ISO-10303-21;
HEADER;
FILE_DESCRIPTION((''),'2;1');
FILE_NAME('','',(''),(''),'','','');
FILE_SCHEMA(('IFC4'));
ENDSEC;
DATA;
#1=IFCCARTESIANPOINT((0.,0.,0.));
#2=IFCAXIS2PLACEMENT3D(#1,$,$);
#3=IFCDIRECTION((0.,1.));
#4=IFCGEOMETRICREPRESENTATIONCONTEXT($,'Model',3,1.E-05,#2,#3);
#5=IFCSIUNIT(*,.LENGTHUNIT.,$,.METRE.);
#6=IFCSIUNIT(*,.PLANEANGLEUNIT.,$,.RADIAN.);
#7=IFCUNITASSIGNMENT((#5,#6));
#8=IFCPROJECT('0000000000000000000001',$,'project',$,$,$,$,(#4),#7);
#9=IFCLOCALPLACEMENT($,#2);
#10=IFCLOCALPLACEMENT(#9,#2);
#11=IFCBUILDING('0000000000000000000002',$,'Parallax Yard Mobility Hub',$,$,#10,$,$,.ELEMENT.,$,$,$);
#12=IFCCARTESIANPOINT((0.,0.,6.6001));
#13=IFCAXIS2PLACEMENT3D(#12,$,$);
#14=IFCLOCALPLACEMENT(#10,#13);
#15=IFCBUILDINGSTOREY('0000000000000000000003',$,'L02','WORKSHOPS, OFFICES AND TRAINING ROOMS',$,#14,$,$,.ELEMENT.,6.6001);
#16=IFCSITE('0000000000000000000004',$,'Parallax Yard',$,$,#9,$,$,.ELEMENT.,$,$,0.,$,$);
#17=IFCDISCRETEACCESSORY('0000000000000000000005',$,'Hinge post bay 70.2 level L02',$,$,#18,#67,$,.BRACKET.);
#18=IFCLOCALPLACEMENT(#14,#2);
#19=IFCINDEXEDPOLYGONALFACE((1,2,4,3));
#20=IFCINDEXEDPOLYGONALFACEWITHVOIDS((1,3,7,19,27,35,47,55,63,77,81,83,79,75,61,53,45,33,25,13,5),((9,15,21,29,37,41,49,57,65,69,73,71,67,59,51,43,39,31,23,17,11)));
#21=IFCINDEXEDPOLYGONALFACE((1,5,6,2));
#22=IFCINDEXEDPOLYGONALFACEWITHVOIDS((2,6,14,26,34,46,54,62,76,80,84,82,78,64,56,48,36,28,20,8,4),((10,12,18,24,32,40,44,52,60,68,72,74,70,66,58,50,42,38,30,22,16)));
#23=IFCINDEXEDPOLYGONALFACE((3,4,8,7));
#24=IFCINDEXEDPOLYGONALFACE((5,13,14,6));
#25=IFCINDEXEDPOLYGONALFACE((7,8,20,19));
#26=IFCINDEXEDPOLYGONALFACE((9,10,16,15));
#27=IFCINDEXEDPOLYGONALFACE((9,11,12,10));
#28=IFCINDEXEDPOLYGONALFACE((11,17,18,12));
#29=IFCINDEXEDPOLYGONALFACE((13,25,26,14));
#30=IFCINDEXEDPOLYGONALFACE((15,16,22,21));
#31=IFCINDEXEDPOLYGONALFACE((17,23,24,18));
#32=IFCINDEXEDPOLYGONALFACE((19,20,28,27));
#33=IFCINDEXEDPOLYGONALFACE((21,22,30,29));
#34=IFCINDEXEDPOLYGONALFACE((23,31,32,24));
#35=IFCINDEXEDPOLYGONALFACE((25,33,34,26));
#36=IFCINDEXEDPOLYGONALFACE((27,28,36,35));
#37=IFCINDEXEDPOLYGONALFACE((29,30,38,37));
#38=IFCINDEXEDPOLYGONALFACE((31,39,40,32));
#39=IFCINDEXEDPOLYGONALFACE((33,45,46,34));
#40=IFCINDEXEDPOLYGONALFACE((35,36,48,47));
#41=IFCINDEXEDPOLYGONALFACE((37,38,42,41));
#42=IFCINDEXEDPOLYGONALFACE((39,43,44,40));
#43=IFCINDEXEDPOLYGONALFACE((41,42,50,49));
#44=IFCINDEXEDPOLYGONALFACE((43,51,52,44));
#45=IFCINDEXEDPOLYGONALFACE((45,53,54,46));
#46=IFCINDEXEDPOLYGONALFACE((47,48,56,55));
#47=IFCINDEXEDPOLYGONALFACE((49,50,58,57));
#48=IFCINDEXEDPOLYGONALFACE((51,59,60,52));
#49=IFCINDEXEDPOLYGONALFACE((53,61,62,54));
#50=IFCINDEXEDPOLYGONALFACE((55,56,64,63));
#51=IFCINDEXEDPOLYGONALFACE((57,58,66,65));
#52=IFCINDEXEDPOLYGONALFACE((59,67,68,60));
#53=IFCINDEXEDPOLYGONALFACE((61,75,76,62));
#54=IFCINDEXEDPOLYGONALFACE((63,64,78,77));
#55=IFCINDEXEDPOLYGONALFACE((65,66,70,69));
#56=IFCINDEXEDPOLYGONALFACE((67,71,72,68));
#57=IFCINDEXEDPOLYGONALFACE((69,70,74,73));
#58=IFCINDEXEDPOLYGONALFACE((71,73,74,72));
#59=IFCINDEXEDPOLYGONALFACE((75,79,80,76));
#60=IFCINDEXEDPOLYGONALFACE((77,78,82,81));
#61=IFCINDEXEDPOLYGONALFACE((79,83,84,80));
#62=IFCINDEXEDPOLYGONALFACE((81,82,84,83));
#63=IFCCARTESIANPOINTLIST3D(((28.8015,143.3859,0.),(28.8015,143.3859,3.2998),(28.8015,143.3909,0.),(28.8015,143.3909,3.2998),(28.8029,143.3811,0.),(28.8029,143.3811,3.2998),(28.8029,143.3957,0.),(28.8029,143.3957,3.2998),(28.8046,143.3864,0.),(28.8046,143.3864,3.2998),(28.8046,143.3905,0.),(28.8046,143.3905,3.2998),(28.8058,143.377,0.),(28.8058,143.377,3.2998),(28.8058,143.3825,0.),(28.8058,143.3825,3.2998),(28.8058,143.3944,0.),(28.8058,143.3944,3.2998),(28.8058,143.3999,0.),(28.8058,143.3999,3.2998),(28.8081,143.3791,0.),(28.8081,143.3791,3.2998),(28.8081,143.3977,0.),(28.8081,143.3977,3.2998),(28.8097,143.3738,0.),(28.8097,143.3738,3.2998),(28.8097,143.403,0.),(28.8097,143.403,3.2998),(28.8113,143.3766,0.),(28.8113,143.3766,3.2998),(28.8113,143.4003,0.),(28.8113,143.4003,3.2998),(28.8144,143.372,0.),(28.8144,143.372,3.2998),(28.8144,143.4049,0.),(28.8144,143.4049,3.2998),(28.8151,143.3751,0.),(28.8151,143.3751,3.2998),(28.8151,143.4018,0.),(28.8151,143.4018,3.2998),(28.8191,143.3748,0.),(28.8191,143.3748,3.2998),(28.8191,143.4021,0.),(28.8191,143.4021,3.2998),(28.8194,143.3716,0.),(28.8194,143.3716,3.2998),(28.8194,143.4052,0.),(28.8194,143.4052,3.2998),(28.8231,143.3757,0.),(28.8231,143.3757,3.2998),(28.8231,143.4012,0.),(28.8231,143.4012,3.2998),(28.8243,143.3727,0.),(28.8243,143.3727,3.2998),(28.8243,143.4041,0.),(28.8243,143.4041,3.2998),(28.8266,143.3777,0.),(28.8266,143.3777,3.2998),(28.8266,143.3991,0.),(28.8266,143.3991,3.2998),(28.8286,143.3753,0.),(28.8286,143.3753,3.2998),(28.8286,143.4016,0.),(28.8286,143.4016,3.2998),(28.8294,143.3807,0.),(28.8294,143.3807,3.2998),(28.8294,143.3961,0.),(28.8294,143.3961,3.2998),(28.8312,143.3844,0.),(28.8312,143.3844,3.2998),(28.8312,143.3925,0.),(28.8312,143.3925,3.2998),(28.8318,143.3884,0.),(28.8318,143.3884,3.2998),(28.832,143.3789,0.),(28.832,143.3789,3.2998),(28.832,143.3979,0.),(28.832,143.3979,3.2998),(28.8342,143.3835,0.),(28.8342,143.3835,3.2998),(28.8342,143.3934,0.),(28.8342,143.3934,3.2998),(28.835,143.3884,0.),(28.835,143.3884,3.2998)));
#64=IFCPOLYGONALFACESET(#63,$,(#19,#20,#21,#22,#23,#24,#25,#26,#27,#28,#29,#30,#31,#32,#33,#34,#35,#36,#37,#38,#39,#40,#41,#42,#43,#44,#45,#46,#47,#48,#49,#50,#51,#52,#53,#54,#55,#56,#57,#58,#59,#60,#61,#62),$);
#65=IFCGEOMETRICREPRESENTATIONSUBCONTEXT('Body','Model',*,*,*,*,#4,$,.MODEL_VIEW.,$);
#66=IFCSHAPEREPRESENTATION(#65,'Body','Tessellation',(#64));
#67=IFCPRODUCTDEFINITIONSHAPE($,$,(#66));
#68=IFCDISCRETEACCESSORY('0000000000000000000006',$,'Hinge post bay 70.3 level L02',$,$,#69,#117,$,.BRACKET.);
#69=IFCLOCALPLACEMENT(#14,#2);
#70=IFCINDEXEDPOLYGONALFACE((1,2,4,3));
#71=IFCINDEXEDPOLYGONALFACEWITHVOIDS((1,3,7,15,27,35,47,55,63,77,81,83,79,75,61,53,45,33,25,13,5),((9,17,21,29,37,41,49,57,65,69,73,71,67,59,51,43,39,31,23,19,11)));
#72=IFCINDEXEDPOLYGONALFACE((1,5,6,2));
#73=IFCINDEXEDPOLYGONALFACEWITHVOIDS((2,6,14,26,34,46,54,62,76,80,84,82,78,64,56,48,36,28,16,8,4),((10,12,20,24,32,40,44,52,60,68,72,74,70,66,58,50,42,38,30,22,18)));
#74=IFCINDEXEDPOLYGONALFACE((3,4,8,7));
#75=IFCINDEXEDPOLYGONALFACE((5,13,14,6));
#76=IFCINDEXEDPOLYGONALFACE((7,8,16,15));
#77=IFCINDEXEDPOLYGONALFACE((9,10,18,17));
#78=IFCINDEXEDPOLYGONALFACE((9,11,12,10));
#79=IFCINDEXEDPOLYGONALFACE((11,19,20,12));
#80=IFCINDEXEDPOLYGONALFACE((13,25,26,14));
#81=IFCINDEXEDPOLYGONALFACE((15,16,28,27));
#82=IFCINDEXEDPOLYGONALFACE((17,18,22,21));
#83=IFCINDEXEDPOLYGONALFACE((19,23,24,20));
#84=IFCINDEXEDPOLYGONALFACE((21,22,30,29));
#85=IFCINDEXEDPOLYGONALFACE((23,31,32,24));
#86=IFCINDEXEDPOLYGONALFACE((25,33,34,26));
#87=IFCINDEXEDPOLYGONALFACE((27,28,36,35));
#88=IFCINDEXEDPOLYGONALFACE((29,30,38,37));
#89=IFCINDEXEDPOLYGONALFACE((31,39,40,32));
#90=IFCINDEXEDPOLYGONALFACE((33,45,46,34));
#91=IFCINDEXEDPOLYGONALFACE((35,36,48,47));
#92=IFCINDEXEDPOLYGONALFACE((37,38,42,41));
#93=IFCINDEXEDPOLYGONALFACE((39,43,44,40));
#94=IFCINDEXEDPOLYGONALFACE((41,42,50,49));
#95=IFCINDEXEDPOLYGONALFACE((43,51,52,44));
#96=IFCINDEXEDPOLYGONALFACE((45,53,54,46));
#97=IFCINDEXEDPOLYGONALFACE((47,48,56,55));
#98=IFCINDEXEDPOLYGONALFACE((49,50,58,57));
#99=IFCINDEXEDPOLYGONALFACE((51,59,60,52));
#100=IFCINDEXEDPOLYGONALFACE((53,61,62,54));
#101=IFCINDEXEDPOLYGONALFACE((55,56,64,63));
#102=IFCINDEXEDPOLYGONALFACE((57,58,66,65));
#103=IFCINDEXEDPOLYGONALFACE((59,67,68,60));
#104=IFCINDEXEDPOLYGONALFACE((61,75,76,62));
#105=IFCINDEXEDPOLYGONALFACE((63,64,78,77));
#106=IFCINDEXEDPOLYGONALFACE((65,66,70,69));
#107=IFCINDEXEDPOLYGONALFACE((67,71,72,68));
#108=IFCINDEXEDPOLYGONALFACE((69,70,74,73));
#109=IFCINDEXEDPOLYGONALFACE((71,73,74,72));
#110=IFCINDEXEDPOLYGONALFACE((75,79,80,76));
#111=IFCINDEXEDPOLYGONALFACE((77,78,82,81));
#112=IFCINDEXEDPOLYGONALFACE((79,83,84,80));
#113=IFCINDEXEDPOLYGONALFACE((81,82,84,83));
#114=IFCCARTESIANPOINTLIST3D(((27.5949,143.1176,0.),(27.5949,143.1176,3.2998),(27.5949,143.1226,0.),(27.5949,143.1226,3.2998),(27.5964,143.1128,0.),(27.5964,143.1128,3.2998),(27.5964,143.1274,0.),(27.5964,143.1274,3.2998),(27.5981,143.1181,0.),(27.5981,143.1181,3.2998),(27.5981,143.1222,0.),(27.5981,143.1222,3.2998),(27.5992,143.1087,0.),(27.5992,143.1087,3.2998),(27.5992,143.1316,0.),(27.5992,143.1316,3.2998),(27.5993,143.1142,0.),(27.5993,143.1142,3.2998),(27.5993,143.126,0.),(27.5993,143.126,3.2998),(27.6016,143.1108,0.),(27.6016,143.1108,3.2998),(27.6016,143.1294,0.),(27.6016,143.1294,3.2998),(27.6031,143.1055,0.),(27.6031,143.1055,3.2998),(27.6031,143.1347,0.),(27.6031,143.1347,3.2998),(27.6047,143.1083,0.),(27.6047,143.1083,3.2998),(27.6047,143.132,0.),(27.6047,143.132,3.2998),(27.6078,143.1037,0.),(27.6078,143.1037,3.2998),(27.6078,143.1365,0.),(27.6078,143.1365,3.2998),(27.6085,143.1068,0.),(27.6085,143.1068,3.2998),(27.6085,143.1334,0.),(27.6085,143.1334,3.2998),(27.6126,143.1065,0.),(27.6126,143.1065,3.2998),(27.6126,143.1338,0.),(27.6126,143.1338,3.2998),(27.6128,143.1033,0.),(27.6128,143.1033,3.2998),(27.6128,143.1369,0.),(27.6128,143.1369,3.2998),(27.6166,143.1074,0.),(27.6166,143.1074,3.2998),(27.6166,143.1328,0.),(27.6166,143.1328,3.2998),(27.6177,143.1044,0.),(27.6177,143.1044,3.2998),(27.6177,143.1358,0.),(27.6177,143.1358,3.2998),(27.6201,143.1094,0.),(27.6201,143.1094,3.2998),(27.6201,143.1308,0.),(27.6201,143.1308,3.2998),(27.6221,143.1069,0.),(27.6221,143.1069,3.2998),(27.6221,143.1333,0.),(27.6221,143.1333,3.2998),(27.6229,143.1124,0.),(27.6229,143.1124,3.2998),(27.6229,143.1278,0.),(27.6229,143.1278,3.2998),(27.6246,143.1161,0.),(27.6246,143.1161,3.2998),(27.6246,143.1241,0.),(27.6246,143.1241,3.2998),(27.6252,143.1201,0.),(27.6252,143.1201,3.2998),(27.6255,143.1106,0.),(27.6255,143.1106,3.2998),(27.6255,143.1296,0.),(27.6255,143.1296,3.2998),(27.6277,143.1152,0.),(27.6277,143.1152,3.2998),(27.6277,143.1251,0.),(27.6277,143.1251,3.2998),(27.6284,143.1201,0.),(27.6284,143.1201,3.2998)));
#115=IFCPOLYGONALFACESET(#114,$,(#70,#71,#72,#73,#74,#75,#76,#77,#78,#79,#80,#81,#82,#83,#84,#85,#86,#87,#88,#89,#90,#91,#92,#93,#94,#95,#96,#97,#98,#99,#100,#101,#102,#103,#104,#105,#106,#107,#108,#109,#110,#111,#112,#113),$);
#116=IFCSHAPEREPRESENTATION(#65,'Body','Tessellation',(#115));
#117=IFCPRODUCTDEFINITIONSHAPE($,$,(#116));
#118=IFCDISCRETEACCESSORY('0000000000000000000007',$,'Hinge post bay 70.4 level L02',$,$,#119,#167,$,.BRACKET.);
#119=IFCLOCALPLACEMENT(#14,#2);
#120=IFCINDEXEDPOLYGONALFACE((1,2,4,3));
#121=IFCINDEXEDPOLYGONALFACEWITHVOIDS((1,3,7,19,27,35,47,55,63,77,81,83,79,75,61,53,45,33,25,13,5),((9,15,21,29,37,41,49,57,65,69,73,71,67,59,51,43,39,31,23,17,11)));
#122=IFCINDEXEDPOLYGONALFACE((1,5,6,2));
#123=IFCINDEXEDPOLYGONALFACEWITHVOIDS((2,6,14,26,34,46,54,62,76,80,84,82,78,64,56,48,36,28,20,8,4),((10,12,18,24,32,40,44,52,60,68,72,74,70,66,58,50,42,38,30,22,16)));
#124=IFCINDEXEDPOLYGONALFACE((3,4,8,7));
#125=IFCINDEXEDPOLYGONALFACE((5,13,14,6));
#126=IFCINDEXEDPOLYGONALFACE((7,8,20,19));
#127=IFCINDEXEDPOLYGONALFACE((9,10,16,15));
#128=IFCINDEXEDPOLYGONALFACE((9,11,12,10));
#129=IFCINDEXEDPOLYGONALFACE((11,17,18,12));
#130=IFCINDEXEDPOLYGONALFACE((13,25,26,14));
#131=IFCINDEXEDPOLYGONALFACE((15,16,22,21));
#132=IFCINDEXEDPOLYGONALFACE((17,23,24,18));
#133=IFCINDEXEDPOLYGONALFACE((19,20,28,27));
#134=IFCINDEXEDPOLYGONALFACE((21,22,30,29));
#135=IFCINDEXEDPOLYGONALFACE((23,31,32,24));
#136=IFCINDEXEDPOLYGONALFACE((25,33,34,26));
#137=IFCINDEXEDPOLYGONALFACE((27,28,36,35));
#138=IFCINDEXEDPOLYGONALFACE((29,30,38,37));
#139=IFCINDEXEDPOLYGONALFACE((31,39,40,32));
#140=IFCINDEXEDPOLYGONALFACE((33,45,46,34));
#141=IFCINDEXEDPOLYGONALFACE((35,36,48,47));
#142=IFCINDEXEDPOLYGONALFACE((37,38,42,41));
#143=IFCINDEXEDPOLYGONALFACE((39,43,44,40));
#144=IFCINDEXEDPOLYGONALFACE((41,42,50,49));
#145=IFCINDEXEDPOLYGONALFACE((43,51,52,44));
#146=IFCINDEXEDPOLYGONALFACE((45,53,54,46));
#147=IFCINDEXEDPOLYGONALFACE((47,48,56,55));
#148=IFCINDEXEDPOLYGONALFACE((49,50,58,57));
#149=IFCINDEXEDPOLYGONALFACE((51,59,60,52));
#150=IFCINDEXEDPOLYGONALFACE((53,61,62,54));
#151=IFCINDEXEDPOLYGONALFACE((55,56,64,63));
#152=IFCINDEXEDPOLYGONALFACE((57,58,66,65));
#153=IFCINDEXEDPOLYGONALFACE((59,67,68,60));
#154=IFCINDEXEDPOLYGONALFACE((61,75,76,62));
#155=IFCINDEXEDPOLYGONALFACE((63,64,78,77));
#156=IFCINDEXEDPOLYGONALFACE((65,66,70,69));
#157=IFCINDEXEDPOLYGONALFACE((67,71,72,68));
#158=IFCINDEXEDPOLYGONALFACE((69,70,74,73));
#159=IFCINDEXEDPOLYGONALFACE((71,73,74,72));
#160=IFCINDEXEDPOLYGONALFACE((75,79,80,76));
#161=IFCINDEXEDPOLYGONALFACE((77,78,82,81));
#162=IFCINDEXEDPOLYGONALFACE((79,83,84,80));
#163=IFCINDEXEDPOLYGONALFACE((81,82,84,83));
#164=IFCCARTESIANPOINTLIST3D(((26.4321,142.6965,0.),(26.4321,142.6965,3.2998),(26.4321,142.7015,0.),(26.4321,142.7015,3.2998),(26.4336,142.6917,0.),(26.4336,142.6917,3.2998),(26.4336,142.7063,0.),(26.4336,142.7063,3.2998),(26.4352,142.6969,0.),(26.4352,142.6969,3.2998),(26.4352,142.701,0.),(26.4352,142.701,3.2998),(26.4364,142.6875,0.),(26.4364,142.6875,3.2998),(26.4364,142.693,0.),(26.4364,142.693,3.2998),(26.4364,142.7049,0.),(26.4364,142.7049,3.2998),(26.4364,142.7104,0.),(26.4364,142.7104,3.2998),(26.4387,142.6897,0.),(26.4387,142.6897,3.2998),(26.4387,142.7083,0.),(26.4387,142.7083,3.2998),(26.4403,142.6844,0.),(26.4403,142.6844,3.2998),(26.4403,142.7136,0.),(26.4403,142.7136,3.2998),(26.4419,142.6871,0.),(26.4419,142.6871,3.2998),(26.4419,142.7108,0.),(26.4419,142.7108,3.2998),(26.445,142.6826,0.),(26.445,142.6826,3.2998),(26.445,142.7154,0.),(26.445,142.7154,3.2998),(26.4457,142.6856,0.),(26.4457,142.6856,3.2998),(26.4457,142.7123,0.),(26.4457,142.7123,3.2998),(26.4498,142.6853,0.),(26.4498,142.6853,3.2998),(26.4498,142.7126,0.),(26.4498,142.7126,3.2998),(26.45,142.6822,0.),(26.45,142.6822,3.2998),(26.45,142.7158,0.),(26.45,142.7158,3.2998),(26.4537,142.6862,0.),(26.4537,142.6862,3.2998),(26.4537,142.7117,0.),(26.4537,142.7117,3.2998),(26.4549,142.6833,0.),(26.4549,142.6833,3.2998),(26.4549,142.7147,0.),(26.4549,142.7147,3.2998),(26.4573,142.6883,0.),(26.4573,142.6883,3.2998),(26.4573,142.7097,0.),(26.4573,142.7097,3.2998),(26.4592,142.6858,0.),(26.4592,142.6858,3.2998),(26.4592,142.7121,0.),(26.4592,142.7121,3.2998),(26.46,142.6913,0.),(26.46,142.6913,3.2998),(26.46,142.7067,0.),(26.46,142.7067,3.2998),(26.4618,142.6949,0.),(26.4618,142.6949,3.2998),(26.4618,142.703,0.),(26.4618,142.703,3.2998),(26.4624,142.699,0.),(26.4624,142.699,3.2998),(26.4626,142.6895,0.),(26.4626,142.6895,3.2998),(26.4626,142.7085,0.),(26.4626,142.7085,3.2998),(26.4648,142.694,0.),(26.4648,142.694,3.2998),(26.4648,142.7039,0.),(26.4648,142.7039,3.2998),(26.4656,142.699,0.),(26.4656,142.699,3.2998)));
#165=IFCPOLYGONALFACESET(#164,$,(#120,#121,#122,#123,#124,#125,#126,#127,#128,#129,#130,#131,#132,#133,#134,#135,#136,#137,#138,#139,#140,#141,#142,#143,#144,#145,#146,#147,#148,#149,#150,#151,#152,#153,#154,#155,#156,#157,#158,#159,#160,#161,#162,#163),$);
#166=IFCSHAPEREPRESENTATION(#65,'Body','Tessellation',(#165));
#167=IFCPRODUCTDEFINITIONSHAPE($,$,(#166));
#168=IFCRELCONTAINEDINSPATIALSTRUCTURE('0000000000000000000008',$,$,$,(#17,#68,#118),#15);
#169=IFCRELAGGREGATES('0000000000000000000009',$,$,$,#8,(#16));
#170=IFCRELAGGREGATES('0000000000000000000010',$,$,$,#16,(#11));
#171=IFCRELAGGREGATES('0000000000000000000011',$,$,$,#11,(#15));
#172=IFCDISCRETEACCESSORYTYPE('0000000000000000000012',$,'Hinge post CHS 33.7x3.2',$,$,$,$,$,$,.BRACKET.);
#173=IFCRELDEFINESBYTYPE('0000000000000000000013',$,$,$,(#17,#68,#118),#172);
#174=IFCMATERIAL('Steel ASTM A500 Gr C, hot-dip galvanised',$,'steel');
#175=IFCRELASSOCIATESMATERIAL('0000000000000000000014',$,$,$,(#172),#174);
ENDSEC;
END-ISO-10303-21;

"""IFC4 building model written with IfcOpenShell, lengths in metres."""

from ifc_helpers import new_model, si_unit, direction, frame, origin, origin_2d, place, context, subcontext, project, spatial, hollow_circle, extrude, material, material_profile, profile_set, type_object, element, save


model = new_model("IFC4")

# Units and contexts
model_context = context("Model", 3, precision=1e-05, world=origin(), true_north=direction((0.0, 1.0)))
body_context = subcontext(model_context, "Body", "Model", "MODEL_VIEW")
ifc_project = project(units=[si_unit("LENGTHUNIT", "METRE"), si_unit("PLANEANGLEUNIT", "RADIAN")], contexts=[model_context])

# Site, building, storey
site_placement = place(None, origin())
site = spatial("IfcSite", under=ifc_project, at=site_placement, Name="Parallax Yard", CompositionType="ELEMENT", RefElevation=0.0)
building_placement = place(site_placement, origin())
building = spatial("IfcBuilding", under=site, at=building_placement, Name="Parallax Yard Mobility Hub", CompositionType="ELEMENT")
storey_placement = place(building_placement, frame((0.0, 0.0, 6.6001)))
storey = spatial("IfcBuildingStorey", under=building, at=storey_placement, Name="L02", Description="WORKSHOPS, OFFICES AND TRAINING ROOMS", CompositionType="ELEMENT", Elevation=6.6001)

# Discrete accessories
ifc_material_1 = material(Name="Steel ASTM A500 Gr C, hot-dip galvanised", Category="steel")
ifc_material_profile_1 = material_profile(ifc_material_1, hollow_circle(Radius=0.0168, WallThickness=0.0032, at=origin_2d()), Name="CHS 33.7x3.2")
ifc_profile_set_1 = profile_set([ifc_material_profile_1], Name="Steel ASTM A500 Gr C, hot-dip galvanised")
discrete_accessory_type_1 = type_object("IfcDiscreteAccessoryType", Name="Hinge post CHS 33.7x3.2", PredefinedType="BRACKET", material=ifc_profile_set_1)
for number, where, z_axis, x_axis, name in (
    (1, (28.8181, 143.3884, 0.0), (0.0, 0.0, 1.0), (1.0, 0.0, 0.0), "Hinge post bay 70.2 level L02"),
    (2, (27.6116, 143.1201, 0.0), (0.0, 0.0, 1.0), (1.0, 0.0, 0.0), "Hinge post bay 70.3 level L02"),
    (3, (26.4487, 142.699, 0.0), (0.0, 0.0, 1.0), (1.0, 0.0, 0.0), "Hinge post bay 70.4 level L02"),
):
    element("IfcDiscreteAccessory", number, at=place(storey_placement, frame(where, z_axis=z_axis, x_axis=x_axis)), inside=storey, type_object=discrete_accessory_type_1, Name=name, PredefinedType="BRACKET", context=body_context, shape_type="SweptSolid", body=[
        extrude(hollow_circle(Radius=0.0168, WallThickness=0.0032, at=origin_2d()), origin(), (0.0, 0.0, 1.0), 3.2998),
    ])

save(model, "model.ifc")
